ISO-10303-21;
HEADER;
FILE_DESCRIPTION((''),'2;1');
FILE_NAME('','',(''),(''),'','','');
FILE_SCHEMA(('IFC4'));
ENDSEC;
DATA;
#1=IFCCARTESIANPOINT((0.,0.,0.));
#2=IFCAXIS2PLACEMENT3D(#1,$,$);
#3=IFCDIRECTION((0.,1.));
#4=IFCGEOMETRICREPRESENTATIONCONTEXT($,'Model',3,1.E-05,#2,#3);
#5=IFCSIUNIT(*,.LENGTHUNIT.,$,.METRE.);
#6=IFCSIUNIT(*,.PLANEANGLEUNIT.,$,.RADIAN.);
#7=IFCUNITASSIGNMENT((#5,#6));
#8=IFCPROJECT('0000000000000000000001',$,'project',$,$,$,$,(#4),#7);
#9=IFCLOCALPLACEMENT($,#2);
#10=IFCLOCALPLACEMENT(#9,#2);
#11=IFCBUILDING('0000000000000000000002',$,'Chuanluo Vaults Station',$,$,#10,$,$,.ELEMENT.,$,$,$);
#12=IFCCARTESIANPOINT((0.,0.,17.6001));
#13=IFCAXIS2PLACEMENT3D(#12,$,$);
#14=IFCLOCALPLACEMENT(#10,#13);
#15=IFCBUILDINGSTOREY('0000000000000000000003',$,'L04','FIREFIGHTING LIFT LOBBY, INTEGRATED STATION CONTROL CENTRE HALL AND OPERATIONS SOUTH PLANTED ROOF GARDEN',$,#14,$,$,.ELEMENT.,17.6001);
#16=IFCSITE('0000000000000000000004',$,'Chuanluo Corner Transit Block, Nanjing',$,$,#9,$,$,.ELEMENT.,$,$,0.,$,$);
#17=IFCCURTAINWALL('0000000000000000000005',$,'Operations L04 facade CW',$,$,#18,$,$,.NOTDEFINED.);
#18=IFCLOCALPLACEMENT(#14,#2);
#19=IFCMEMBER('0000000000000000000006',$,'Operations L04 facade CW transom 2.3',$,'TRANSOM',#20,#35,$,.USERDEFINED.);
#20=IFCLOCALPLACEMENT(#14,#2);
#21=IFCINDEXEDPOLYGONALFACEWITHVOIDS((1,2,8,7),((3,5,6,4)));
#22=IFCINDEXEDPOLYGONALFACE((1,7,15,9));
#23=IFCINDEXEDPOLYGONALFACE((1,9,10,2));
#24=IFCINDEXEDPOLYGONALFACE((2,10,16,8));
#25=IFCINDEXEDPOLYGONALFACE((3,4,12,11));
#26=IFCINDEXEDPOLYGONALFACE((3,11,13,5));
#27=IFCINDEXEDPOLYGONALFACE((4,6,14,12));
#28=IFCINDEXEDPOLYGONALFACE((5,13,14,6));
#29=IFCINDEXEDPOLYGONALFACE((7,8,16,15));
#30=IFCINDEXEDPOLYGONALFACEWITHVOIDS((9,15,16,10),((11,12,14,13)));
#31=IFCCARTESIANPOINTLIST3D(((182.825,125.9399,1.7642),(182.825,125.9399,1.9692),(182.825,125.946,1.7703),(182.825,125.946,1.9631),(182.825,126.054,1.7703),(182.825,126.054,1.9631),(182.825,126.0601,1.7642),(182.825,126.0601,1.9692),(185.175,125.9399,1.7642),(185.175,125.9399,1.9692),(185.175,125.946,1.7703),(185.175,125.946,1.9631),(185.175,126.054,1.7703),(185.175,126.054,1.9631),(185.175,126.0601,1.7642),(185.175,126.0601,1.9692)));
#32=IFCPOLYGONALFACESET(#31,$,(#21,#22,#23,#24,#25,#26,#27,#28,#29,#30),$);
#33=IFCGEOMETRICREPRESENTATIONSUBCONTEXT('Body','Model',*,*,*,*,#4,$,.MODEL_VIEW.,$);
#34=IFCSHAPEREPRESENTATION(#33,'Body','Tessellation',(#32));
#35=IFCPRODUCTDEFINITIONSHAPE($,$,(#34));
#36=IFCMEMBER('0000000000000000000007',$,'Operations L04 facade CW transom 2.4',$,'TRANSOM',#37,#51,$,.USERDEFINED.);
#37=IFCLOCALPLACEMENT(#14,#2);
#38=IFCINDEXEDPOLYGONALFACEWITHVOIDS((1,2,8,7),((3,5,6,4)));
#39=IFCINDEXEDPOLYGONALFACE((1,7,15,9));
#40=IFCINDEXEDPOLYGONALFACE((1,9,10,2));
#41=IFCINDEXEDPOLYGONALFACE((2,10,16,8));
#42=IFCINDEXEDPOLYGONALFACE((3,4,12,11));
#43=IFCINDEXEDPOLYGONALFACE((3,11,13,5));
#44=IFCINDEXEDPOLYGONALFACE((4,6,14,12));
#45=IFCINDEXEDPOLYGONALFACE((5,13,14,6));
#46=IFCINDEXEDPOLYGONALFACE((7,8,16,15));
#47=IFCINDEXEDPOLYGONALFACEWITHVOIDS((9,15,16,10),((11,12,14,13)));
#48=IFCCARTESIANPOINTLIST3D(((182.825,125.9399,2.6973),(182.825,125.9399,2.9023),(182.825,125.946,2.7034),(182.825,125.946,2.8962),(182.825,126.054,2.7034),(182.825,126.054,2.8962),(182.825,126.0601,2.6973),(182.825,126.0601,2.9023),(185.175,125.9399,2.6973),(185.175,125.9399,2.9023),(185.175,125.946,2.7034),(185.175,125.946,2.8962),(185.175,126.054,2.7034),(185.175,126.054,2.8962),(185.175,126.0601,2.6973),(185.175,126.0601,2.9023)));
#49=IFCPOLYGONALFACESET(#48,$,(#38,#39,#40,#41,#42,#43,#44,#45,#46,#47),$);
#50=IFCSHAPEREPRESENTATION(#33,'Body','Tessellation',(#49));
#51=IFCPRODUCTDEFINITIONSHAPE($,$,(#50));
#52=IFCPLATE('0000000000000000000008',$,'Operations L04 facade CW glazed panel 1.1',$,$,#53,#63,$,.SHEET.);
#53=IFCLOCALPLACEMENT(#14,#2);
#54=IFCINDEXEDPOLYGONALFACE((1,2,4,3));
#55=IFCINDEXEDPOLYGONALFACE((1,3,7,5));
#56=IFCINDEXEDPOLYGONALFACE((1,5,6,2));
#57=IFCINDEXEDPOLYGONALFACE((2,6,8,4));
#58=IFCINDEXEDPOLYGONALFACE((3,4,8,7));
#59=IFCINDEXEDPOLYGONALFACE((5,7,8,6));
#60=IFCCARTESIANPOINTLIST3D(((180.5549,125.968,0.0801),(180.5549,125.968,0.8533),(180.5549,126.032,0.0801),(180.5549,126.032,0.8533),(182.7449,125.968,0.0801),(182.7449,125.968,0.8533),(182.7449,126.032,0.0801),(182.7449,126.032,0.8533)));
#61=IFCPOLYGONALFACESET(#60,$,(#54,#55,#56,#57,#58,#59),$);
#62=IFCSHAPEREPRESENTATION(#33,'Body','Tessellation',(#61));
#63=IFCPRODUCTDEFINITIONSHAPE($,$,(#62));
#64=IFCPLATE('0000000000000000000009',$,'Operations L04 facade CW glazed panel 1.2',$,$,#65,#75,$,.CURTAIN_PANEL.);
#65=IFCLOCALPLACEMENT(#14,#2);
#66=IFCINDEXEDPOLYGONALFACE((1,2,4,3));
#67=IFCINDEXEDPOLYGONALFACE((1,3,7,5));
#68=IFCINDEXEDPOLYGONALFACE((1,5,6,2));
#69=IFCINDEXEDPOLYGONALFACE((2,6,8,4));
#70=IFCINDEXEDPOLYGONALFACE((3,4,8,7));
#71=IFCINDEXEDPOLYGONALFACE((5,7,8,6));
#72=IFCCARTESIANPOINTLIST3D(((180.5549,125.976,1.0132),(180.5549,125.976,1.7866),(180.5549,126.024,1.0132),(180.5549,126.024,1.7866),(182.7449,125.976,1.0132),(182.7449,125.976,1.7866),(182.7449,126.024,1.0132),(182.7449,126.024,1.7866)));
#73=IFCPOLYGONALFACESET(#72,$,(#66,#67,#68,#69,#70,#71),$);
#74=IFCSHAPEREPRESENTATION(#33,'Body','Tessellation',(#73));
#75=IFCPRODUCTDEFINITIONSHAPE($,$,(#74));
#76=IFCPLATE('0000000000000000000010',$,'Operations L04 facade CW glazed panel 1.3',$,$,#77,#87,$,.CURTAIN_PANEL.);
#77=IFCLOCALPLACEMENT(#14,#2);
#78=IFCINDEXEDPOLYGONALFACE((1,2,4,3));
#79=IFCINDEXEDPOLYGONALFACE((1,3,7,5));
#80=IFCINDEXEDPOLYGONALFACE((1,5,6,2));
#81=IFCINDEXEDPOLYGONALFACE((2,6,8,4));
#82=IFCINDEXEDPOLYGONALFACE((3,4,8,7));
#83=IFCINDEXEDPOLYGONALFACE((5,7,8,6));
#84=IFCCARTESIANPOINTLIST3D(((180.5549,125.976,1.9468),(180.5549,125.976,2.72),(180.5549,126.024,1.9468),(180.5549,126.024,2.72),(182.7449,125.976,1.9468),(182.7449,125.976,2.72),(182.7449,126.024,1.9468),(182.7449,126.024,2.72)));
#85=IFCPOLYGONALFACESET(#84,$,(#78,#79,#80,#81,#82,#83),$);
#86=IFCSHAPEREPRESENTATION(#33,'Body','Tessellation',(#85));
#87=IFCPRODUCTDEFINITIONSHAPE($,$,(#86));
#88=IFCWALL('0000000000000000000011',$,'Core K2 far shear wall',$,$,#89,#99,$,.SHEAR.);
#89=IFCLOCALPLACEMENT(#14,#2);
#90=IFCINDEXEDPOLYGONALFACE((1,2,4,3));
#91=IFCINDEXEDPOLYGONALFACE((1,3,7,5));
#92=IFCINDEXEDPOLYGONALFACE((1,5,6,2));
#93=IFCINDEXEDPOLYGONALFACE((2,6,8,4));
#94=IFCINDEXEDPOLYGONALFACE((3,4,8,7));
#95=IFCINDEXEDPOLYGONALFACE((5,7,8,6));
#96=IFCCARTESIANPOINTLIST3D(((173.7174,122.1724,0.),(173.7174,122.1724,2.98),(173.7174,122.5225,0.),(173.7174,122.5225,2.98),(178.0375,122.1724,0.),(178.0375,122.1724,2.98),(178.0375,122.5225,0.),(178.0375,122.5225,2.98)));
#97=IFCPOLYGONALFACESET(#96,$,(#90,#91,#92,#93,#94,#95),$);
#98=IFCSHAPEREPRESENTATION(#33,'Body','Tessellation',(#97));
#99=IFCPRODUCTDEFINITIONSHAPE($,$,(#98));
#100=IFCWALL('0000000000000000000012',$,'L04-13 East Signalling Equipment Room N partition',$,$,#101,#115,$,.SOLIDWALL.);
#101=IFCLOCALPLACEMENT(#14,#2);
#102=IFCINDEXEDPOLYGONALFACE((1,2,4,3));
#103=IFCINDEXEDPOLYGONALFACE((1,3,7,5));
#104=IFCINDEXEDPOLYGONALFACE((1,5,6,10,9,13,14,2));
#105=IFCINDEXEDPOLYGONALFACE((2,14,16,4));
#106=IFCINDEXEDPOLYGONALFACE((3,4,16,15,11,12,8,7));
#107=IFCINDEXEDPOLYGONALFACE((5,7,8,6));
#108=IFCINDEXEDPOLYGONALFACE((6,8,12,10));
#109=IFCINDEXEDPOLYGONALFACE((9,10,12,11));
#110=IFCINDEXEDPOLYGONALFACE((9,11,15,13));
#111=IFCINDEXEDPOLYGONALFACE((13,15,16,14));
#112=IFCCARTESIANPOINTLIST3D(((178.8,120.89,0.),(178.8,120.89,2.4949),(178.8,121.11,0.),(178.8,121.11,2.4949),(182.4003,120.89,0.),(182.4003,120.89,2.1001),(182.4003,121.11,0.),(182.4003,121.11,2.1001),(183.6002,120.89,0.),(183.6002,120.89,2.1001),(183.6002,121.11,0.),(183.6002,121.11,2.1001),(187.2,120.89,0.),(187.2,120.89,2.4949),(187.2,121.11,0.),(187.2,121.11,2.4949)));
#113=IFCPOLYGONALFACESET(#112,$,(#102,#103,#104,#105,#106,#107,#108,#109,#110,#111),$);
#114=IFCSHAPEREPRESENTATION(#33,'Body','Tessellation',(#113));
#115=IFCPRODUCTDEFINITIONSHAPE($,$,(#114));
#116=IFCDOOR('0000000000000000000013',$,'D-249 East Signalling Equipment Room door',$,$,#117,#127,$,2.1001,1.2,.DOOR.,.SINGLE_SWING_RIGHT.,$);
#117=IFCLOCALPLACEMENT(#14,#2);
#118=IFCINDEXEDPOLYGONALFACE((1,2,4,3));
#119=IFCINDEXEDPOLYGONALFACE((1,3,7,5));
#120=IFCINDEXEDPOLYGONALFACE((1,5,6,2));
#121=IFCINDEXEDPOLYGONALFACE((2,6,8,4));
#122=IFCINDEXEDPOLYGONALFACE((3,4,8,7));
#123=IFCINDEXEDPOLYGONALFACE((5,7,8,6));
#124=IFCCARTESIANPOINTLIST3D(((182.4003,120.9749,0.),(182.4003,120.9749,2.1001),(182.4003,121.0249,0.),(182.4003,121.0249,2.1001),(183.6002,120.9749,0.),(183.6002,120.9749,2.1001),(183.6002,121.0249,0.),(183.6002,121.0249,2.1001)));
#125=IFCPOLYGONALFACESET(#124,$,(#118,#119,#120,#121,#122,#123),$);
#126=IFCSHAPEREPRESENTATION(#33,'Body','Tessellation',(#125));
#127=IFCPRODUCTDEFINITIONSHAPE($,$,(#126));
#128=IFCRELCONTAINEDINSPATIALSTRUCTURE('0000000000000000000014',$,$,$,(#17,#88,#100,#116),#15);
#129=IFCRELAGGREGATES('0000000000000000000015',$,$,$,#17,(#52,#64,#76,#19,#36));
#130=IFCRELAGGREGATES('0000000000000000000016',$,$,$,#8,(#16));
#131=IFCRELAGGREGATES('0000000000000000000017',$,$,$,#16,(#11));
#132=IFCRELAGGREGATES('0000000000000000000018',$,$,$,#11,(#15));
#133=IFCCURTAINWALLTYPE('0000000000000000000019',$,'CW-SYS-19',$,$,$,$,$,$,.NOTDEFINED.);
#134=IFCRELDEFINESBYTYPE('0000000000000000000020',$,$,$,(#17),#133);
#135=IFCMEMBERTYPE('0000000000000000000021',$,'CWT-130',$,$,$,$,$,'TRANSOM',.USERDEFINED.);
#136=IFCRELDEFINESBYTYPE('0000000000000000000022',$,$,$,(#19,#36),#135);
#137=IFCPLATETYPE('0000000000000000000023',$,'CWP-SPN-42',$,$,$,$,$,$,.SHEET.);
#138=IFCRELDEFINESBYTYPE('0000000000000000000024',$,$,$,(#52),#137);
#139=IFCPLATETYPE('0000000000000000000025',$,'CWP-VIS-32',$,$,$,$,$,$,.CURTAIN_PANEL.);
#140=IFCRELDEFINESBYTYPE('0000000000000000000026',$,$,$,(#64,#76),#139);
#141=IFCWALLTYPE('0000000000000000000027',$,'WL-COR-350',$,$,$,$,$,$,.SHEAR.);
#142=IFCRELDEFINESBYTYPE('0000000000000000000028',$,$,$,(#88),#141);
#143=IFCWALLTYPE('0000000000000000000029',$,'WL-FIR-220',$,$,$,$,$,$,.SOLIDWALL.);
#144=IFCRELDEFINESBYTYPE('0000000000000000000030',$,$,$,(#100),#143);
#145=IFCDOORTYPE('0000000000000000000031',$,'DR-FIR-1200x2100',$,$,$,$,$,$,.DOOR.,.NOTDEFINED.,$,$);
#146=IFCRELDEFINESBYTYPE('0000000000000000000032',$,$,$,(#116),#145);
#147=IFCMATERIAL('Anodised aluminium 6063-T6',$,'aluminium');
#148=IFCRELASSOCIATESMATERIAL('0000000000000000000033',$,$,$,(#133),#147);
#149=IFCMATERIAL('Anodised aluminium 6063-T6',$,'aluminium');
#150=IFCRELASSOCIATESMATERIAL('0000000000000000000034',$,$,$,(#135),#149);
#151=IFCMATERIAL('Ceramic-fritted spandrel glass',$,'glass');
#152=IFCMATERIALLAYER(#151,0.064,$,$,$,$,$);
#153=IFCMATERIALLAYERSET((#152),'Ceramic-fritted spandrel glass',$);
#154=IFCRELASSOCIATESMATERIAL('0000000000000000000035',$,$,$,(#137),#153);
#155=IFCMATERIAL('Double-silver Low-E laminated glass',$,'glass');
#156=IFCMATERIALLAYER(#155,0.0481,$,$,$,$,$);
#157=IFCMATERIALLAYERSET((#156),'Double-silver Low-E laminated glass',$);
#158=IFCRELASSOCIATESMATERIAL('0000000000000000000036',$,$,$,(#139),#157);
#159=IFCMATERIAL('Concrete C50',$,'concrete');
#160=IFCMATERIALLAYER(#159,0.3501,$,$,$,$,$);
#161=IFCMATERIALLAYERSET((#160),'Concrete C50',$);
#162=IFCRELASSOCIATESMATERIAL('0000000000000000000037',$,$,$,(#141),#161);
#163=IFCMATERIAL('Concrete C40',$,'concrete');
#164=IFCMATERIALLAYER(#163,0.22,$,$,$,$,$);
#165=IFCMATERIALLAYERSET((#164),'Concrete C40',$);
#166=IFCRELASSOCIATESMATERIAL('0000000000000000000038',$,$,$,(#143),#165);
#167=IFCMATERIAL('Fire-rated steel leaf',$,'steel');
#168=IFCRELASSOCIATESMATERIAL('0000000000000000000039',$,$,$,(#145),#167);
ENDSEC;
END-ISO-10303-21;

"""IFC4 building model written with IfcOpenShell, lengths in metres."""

from ifc_helpers import new_model, si_unit, direction, frame, frame_2d, origin, origin_2d, place, context, subcontext, project, spatial, rectangle, hollow_rectangle, extrude, material, layer, layer_set, material_profile, profile_set, type_object, element, fill, aggregate, save


model = new_model("IFC4")

# Units and contexts
model_context = context("Model", 3, precision=1e-05, world=origin(), true_north=direction((0.0, 1.0)))
body_context = subcontext(model_context, "Body", "Model", "MODEL_VIEW")
ifc_project = project(units=[si_unit("LENGTHUNIT", "METRE"), si_unit("PLANEANGLEUNIT", "RADIAN")], contexts=[model_context])

# Site, building, storey
site_placement = place(None, origin())
site = spatial("IfcSite", under=ifc_project, at=site_placement, Name="Chuanluo Corner Transit Block, Nanjing", CompositionType="ELEMENT", RefElevation=0.0)
building_placement = place(site_placement, origin())
building = spatial("IfcBuilding", under=site, at=building_placement, Name="Chuanluo Vaults Station", CompositionType="ELEMENT")
storey_placement = place(building_placement, frame((0.0, 0.0, 17.6001)))
storey = spatial("IfcBuildingStorey", under=building, at=storey_placement, Name="L04", Description="FIREFIGHTING LIFT LOBBY, INTEGRATED STATION CONTROL CENTRE HALL AND OPERATIONS SOUTH PLANTED ROOF GARDEN", CompositionType="ELEMENT", Elevation=17.6001)

# Curtain wall, members, plates
ifc_material_1 = material(Name="Anodised aluminium 6063-T6", Category="aluminium")
curtain_wall_type = type_object("IfcCurtainWallType", Name="CW-SYS-19", PredefinedType="NOTDEFINED", material=ifc_material_1)
curtain_wall_placement = place(storey_placement, origin())
curtain_wall = element("IfcCurtainWall", 1, at=curtain_wall_placement, inside=storey, type_object=curtain_wall_type, Name="Operations L04 facade CW", PredefinedType="NOTDEFINED")
ifc_material_2 = material(Name="Anodised aluminium 6063-T6", Category="aluminium")
ifc_material_profile_1 = material_profile(ifc_material_2, hollow_rectangle(XDim=0.1201, YDim=0.2051, WallThickness=0.0061, at=origin_2d()))
ifc_profile_set_1 = profile_set([ifc_material_profile_1], Name="Anodised aluminium 6063-T6")
member_type_1 = type_object("IfcMemberType", Name="CWT-130", ElementType="TRANSOM", PredefinedType="USERDEFINED", material=ifc_profile_set_1)
member_1_placement = place(storey_placement, frame((182.825, 126.0, 1.8667), z_axis=(1.0, 0.0, 0.0), x_axis=(0.0, 1.0, 0.0)))
member_1 = element("IfcMember", 2, at=member_1_placement, type_object=member_type_1, Name="Operations L04 facade CW transom 2.3", ObjectType="TRANSOM", PredefinedType="USERDEFINED", context=body_context, shape_type="SweptSolid", body=[
    extrude(hollow_rectangle(XDim=0.1201, YDim=0.2051, WallThickness=0.0061, at=origin_2d()), origin(), (0.0, 0.0, 1.0), 2.3501),
])
member_2_placement = place(storey_placement, frame((182.825, 126.0, 2.7998), z_axis=(1.0, 0.0, 0.0), x_axis=(0.0, 1.0, 0.0)))
member_2 = element("IfcMember", 3, at=member_2_placement, type_object=member_type_1, Name="Operations L04 facade CW transom 2.4", ObjectType="TRANSOM", PredefinedType="USERDEFINED", context=body_context, shape_type="SweptSolid", body=[
    extrude(hollow_rectangle(XDim=0.1201, YDim=0.2051, WallThickness=0.0061, at=origin_2d()), origin(), (0.0, 0.0, 1.0), 2.3501),
])
ifc_material_3 = material(Name="Ceramic-fritted spandrel glass", Category="glass")
ifc_layer_1 = layer(ifc_material_3, 0.064)
ifc_layer_set_1 = layer_set([ifc_layer_1], Name="Ceramic-fritted spandrel glass")
plate_type_1 = type_object("IfcPlateType", Name="CWP-SPN-42", PredefinedType="SHEET", material=ifc_layer_set_1)
plate_1_placement = place(storey_placement, frame((181.6499, 126.0, 0.0801), z_axis=(0.0, 0.0, 1.0), x_axis=(1.0, 0.0, 0.0)))
plate_1 = element("IfcPlate", 4, at=plate_1_placement, type_object=plate_type_1, Name="Operations L04 facade CW glazed panel 1.1", PredefinedType="SHEET", context=body_context, shape_type="SweptSolid", body=[
    extrude(rectangle(XDim=2.1899, YDim=0.064, at=origin_2d()), origin(), (0.0, 0.0, 1.0), 0.7732),
])
ifc_material_4 = material(Name="Double-silver Low-E laminated glass", Category="glass")
ifc_layer_2 = layer(ifc_material_4, 0.0481)
ifc_layer_set_2 = layer_set([ifc_layer_2], Name="Double-silver Low-E laminated glass")
plate_type_2 = type_object("IfcPlateType", Name="CWP-VIS-32", PredefinedType="CURTAIN_PANEL", material=ifc_layer_set_2)
plate_2_placement = place(storey_placement, frame((181.6499, 126.0, 1.0132), z_axis=(0.0, 0.0, 1.0), x_axis=(1.0, 0.0, 0.0)))
plate_2 = element("IfcPlate", 5, at=plate_2_placement, type_object=plate_type_2, Name="Operations L04 facade CW glazed panel 1.2", PredefinedType="CURTAIN_PANEL", context=body_context, shape_type="SweptSolid", body=[
    extrude(rectangle(XDim=2.1899, YDim=0.0481, at=origin_2d()), origin(), (0.0, 0.0, 1.0), 0.7734),
])
plate_3_placement = place(storey_placement, frame((181.6499, 126.0, 1.9468), z_axis=(0.0, 0.0, 1.0), x_axis=(1.0, 0.0, 0.0)))
plate_3 = element("IfcPlate", 6, at=plate_3_placement, type_object=plate_type_2, Name="Operations L04 facade CW glazed panel 1.3", PredefinedType="CURTAIN_PANEL", context=body_context, shape_type="SweptSolid", body=[
    extrude(rectangle(XDim=2.1899, YDim=0.0481, at=origin_2d()), origin(), (0.0, 0.0, 1.0), 0.7732),
])
aggregate(curtain_wall, [plate_1, plate_2, plate_3, member_1, member_2])

# Wall
ifc_material_5 = material(Name="Concrete C50", Category="concrete")
ifc_layer_3 = layer(ifc_material_5, 0.3501)
ifc_layer_set_3 = layer_set([ifc_layer_3], Name="Concrete C50")
wall_type_1 = type_object("IfcWallType", Name="WL-COR-350", PredefinedType="SHEAR", material=ifc_layer_set_3)
wall_1_placement = place(storey_placement, frame((178.0376, 122.3474, 0.0), z_axis=(0.0, 0.0, 1.0), x_axis=(-1.0, 0.0, 0.0)))
element("IfcWall", 7, at=wall_1_placement, inside=storey, type_object=wall_type_1, Name="Core K2 far shear wall", PredefinedType="SHEAR", context=body_context, shape_type="SweptSolid", body=[
    extrude(rectangle(XDim=4.3201, YDim=0.3501, at=frame_2d((2.1602, 0.0))), origin(), (0.0, 0.0, 1.0), 2.98),
])

# Wall, opening, door
ifc_material_6 = material(Name="Concrete C40", Category="concrete")
ifc_layer_4 = layer(ifc_material_6, 0.22)
ifc_layer_set_4 = layer_set([ifc_layer_4], Name="Concrete C40")
wall_type_2 = type_object("IfcWallType", Name="WL-FIR-220", PredefinedType="SOLIDWALL", material=ifc_layer_set_4)
wall_2_placement = place(storey_placement, frame((178.8, 121.0, 0.0), z_axis=(0.0, 0.0, 1.0), x_axis=(1.0, 0.0, 0.0)))
wall_2 = element("IfcWall", 8, at=wall_2_placement, inside=storey, type_object=wall_type_2, Name="L04-13 East Signalling Equipment Room N partition", PredefinedType="SOLIDWALL", context=body_context, shape_type="SweptSolid", body=[
    extrude(rectangle(XDim=8.3999, YDim=0.22, at=frame_2d((4.2, 0.0))), origin(), (0.0, 0.0, 1.0), 2.4949),
])
opening_placement = place(wall_2_placement, frame((3.6001, 0.0, 0.0)))
opening = element("IfcOpeningElement", 9, at=opening_placement, cuts=wall_2, PredefinedType="OPENING", context=body_context, shape_type="SweptSolid", body=[
    extrude(rectangle(XDim=1.2, YDim=2.1001, at=frame_2d((0.6001, 1.05))), frame((0.0, 0.1199, 0.0), z_axis=(0.0, -1.0, 0.0), x_axis=(1.0, 0.0, 0.0)), (0.0, 0.0, 1.0), 0.24),
])
ifc_material_7 = material(Name="Fire-rated steel leaf", Category="steel")
door_type = type_object("IfcDoorType", Name="DR-FIR-1200x2100", OperationType="NOTDEFINED", PredefinedType="DOOR", material=ifc_material_7)
door_placement = place(opening_placement, origin())
door = element("IfcDoor", 10, at=door_placement, inside=storey, type_object=door_type, Name="D-249 East Signalling Equipment Room door", OperationType="SINGLE_SWING_RIGHT", OverallHeight=2.1001, OverallWidth=1.2, PredefinedType="DOOR", context=body_context, shape_type="SweptSolid", body=[
    extrude(rectangle(XDim=1.2, YDim=2.1001, at=frame_2d((0.6001, 1.05))), frame((0.0, 0.0249, 0.0), z_axis=(0.0, -1.0, 0.0), x_axis=(1.0, 0.0, 0.0)), (0.0, 0.0, 1.0), 0.05),
])
fill(opening, door)

save(model, "model.ifc")
